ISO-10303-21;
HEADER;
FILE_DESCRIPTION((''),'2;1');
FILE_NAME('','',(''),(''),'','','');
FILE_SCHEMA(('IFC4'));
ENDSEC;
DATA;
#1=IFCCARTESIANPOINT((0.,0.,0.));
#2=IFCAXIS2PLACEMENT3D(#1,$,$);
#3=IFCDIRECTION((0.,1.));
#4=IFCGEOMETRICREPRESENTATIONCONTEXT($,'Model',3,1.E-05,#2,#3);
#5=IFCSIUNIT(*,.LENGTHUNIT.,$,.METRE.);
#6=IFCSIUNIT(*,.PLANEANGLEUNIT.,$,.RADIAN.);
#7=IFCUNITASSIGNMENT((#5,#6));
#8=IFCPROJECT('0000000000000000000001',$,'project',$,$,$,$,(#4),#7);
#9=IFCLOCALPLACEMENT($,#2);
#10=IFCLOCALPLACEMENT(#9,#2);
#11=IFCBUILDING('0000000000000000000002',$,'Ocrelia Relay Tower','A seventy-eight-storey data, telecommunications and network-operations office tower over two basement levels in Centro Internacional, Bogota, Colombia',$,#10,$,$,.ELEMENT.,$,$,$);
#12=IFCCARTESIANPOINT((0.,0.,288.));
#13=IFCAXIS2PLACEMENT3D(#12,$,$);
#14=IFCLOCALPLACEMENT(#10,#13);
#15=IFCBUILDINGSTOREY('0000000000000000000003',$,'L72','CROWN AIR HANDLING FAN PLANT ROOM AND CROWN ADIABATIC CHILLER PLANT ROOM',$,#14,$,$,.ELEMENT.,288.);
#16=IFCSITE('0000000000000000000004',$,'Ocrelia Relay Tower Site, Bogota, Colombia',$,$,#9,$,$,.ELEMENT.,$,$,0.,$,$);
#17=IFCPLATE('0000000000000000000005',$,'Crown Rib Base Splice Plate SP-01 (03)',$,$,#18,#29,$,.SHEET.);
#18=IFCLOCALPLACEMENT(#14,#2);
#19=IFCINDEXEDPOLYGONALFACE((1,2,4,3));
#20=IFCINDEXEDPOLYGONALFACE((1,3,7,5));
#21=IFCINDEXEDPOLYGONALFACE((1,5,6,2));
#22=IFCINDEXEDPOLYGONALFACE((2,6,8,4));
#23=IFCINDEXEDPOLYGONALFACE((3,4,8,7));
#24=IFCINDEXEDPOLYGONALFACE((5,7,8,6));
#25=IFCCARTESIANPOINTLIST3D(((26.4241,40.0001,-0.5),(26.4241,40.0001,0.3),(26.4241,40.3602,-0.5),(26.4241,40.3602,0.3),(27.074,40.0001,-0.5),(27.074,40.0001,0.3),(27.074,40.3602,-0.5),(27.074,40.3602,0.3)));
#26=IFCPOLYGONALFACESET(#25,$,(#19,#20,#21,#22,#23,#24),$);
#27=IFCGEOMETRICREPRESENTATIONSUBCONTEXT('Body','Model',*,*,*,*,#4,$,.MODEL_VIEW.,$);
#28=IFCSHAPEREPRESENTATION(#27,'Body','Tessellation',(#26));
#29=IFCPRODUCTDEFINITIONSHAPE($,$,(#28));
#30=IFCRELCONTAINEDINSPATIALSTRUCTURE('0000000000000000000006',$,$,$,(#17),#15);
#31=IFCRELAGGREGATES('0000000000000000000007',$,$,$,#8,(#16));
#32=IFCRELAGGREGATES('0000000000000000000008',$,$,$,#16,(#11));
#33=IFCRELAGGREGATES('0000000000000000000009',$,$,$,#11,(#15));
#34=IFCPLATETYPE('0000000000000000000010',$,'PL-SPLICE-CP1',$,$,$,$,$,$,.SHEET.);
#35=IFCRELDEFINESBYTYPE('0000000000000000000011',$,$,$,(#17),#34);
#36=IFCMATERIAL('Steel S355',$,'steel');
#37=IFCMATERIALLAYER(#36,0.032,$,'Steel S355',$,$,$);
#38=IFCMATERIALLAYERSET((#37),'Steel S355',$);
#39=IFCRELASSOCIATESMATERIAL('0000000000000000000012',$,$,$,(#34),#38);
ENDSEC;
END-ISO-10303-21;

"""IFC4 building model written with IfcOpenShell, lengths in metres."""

from ifc_helpers import new_model, si_unit, direction, frame, origin, origin_2d, place, context, subcontext, project, spatial, rectangle, extrude, material, layer, layer_set, type_object, element, save


model = new_model("IFC4")

# Units and contexts
model_context = context("Model", 3, precision=1e-05, world=origin(), true_north=direction((0.0, 1.0)))
body_context = subcontext(model_context, "Body", "Model", "MODEL_VIEW")
ifc_project = project(units=[si_unit("LENGTHUNIT", "METRE"), si_unit("PLANEANGLEUNIT", "RADIAN")], contexts=[model_context])

# Site, building, storey
site_placement = place(None, origin())
site = spatial("IfcSite", under=ifc_project, at=site_placement, Name="Ocrelia Relay Tower Site, Bogota, Colombia", CompositionType="ELEMENT", RefElevation=0.0)
building_placement = place(site_placement, origin())
building = spatial("IfcBuilding", under=site, at=building_placement, Name="Ocrelia Relay Tower", Description="A seventy-eight-storey data, telecommunications and network-operations office tower over two basement levels in Centro Internacional, Bogota, Colombia", CompositionType="ELEMENT")
storey_placement = place(building_placement, frame((0.0, 0.0, 288.0)))
storey = spatial("IfcBuildingStorey", under=building, at=storey_placement, Name="L72", Description="CROWN AIR HANDLING FAN PLANT ROOM AND CROWN ADIABATIC CHILLER PLANT ROOM", CompositionType="ELEMENT", Elevation=288.0)

# Shared definitions
ifc_material_1 = material(Name="Steel S355", Category="steel")

# Plate
ifc_layer_1 = layer(ifc_material_1, 0.032, Name="Steel S355")
ifc_layer_set_1 = layer_set([ifc_layer_1], Name="Steel S355")
plate_type_1 = type_object("IfcPlateType", Name="PL-SPLICE-CP1", PredefinedType="SHEET", material=ifc_layer_set_1)
plate_1_placement = place(storey_placement, frame((26.749, 40.1802, -0.5), z_axis=(0.0, 0.0, 1.0), x_axis=(1.0, 0.0, 0.0)))
element("IfcPlate", 1, at=plate_1_placement, inside=storey, type_object=plate_type_1, Name="Crown Rib Base Splice Plate SP-01 (03)", PredefinedType="SHEET", context=body_context, shape_type="SweptSolid", body=[
    extrude(rectangle(XDim=0.6499, YDim=0.3601, at=origin_2d()), origin(), (0.0, 0.0, 1.0), 0.8),
])

save(model, "model.ifc")
